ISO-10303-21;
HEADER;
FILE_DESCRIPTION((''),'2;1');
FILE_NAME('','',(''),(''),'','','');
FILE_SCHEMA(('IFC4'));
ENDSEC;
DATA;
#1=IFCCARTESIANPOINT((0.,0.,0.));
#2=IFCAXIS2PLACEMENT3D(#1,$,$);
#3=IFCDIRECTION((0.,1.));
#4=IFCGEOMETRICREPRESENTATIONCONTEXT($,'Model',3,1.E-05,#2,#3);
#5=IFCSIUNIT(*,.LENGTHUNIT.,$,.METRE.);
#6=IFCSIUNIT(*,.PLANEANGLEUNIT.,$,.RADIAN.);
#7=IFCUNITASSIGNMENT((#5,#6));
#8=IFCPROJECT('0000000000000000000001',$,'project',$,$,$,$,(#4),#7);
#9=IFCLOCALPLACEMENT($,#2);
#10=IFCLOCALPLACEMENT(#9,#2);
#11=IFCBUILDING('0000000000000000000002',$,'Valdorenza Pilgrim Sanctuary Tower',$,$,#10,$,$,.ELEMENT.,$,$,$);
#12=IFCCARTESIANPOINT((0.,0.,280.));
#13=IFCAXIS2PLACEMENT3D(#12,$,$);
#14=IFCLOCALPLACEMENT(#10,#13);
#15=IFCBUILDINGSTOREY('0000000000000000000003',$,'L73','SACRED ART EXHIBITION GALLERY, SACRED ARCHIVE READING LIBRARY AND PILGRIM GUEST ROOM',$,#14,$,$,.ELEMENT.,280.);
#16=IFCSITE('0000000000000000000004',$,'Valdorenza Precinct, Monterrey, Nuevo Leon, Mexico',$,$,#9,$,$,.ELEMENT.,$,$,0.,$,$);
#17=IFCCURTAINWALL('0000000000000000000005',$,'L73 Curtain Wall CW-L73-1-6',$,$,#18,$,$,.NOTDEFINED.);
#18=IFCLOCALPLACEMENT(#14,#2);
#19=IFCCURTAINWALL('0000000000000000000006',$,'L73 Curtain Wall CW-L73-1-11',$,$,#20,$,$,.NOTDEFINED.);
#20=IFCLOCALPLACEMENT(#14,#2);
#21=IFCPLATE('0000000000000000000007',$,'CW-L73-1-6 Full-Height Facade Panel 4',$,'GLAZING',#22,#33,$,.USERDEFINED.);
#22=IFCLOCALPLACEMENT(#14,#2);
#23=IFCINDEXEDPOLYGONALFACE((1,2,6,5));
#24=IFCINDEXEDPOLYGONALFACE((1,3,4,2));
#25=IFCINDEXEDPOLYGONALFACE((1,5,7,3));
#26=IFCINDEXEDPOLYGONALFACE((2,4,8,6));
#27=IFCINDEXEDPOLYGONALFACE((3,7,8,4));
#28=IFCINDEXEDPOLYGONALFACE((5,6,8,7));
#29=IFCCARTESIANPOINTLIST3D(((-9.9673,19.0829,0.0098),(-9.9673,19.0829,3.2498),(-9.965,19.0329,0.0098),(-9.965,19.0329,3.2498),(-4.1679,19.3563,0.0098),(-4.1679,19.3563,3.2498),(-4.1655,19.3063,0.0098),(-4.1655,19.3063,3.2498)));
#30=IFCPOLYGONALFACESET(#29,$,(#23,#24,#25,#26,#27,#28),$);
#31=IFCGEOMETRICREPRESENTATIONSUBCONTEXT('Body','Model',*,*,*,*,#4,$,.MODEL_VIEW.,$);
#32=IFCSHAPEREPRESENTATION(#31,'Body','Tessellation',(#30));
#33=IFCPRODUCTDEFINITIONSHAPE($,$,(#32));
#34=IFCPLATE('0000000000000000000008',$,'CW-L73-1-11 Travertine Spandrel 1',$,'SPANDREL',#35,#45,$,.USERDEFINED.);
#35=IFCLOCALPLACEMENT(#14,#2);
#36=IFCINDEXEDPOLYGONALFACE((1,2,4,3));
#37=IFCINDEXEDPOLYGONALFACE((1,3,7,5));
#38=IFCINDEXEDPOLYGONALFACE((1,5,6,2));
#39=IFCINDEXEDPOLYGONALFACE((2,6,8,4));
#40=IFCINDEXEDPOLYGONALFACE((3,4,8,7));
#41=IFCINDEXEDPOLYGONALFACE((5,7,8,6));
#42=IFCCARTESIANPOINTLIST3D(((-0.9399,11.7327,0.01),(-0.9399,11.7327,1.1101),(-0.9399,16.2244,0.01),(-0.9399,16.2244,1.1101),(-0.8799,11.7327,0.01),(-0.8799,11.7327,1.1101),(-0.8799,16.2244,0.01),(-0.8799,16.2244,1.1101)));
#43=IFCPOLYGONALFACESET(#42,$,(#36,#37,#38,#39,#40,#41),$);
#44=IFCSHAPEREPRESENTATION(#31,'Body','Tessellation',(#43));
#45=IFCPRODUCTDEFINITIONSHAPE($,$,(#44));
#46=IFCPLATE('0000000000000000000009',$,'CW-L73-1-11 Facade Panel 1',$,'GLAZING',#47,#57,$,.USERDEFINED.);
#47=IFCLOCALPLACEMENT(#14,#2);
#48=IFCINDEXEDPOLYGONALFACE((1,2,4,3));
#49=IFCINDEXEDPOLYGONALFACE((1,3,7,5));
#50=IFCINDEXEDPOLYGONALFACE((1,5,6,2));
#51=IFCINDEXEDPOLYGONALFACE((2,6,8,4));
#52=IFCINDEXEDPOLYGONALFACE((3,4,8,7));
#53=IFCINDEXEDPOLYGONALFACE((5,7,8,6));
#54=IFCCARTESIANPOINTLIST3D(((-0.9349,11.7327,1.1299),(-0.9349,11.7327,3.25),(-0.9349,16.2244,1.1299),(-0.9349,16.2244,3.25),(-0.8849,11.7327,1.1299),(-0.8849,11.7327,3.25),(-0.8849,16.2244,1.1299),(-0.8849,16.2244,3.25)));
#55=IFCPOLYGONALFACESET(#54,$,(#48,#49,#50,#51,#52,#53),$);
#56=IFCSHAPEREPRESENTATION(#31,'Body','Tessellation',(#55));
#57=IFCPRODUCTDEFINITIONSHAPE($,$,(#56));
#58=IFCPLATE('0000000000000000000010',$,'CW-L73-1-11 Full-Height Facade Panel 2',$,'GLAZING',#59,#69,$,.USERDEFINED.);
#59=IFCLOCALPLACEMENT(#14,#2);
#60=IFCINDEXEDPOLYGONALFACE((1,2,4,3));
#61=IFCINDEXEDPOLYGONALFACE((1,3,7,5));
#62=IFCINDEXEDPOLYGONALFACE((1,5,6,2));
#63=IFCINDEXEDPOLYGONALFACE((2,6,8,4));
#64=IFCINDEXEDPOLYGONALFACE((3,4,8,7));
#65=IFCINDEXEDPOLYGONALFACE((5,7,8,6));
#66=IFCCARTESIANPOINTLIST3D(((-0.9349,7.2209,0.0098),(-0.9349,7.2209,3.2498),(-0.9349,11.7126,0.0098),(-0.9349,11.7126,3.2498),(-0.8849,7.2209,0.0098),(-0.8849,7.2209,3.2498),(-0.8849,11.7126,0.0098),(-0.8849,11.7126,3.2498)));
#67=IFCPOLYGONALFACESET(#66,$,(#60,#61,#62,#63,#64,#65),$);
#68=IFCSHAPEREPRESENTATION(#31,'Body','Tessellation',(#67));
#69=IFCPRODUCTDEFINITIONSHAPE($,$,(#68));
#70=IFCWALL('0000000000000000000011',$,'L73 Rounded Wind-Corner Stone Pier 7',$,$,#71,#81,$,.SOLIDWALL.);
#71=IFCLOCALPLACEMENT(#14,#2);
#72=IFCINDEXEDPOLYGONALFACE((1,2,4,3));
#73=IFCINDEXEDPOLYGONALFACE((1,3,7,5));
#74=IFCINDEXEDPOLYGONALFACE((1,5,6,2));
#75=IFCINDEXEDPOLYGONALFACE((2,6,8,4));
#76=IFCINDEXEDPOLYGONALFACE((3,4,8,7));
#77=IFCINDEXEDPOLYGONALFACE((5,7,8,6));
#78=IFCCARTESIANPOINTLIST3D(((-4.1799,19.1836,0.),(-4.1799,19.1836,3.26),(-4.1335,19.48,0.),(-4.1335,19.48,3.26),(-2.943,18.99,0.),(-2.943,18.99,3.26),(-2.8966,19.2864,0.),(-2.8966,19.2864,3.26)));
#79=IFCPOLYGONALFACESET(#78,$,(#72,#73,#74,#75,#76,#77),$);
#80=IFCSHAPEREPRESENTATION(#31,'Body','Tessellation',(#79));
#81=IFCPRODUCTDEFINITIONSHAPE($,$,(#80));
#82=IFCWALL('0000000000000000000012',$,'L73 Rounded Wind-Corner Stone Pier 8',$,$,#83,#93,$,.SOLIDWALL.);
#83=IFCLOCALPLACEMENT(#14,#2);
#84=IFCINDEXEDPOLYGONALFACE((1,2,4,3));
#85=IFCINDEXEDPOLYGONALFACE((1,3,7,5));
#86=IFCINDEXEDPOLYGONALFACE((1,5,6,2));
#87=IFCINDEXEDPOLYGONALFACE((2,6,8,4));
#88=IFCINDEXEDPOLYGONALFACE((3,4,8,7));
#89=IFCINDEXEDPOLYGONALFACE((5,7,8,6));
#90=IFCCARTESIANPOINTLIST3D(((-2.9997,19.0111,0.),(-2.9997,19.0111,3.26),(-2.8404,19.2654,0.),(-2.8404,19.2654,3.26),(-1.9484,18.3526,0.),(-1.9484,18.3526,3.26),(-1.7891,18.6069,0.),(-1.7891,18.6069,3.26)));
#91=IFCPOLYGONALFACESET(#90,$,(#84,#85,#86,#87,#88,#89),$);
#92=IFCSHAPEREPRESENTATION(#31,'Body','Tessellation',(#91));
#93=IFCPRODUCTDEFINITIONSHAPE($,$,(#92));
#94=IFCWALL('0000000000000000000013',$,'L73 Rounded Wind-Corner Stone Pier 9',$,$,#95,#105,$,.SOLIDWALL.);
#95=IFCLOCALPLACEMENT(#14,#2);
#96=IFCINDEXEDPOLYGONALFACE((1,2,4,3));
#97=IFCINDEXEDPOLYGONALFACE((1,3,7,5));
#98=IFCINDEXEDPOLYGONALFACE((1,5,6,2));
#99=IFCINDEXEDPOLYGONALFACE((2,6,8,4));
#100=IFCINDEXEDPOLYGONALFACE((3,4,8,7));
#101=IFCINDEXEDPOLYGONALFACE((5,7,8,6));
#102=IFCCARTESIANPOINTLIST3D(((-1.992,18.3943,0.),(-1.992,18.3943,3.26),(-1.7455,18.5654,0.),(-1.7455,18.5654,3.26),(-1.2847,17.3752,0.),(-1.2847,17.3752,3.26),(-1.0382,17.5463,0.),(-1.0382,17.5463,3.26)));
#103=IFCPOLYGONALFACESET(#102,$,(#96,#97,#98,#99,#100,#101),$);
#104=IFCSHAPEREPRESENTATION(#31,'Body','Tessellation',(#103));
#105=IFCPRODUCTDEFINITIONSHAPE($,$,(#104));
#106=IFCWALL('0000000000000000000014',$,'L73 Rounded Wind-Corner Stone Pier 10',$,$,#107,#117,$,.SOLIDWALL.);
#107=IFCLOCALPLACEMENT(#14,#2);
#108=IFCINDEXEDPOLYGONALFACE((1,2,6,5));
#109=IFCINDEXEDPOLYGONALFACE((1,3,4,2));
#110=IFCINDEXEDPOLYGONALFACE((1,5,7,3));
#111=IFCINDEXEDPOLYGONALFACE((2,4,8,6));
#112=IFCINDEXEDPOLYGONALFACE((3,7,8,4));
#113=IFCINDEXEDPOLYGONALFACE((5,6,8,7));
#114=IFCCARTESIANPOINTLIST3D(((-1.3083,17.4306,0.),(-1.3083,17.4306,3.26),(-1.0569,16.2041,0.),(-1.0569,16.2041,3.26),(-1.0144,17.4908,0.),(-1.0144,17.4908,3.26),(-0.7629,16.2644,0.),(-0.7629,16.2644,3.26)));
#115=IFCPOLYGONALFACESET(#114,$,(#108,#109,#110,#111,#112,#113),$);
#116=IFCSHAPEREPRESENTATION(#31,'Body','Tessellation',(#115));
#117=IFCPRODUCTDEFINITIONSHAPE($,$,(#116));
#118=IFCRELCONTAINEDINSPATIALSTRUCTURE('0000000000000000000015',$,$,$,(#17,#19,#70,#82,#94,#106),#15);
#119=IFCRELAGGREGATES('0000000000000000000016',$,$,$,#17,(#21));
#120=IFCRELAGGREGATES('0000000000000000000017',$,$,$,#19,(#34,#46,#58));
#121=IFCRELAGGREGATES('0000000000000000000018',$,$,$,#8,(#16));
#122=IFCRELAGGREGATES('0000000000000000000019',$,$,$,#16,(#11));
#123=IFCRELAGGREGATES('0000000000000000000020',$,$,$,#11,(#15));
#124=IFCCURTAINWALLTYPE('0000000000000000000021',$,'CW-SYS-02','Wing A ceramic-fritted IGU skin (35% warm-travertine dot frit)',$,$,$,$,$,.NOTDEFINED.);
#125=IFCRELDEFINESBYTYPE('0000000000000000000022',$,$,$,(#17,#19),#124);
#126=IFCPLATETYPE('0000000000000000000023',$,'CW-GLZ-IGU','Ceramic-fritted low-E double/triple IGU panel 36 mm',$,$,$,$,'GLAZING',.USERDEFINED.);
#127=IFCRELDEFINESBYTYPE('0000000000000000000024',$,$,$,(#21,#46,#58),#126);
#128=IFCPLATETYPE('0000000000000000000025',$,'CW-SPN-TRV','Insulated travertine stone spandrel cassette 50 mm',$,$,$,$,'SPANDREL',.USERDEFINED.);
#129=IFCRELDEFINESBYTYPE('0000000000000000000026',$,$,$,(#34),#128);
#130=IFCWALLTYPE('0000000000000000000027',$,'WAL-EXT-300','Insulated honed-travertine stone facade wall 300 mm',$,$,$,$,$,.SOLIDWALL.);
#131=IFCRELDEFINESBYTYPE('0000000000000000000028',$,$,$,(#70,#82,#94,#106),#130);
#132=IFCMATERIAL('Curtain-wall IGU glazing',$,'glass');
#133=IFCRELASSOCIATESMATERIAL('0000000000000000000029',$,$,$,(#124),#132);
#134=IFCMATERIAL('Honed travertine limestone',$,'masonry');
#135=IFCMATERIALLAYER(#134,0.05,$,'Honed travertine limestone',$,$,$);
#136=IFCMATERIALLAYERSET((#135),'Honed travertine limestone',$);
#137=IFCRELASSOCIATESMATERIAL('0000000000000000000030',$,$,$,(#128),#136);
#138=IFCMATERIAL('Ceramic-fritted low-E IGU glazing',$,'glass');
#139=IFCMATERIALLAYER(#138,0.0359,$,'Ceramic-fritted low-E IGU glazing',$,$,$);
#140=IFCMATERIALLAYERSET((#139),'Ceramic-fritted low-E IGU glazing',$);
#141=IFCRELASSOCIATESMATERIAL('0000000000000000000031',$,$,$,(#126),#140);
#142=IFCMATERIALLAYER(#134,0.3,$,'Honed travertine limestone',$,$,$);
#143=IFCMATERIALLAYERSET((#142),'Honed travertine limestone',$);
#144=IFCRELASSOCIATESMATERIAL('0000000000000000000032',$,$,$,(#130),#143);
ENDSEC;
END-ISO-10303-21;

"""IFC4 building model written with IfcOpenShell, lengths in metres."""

from ifc_helpers import new_model, si_unit, direction, frame, frame_2d, origin, origin_2d, place, context, subcontext, project, spatial, rectangle, extrude, source, transform, mapped, material, layer, layer_set, type_object, element, aggregate, save


model = new_model("IFC4")

# Units and contexts
model_context = context("Model", 3, precision=1e-05, world=origin(), true_north=direction((0.0, 1.0)))
body_context = subcontext(model_context, "Body", "Model", "MODEL_VIEW")
ifc_project = project(units=[si_unit("LENGTHUNIT", "METRE"), si_unit("PLANEANGLEUNIT", "RADIAN")], contexts=[model_context])

# Site, building, storey
site_placement = place(None, origin())
site = spatial("IfcSite", under=ifc_project, at=site_placement, Name="Valdorenza Precinct, Monterrey, Nuevo Leon, Mexico", CompositionType="ELEMENT", RefElevation=0.0)
building_placement = place(site_placement, origin())
building = spatial("IfcBuilding", under=site, at=building_placement, Name="Valdorenza Pilgrim Sanctuary Tower", CompositionType="ELEMENT")
storey_placement = place(building_placement, frame((0.0, 0.0, 280.0)))
storey = spatial("IfcBuildingStorey", under=building, at=storey_placement, Name="L73", Description="SACRED ART EXHIBITION GALLERY, SACRED ARCHIVE READING LIBRARY AND PILGRIM GUEST ROOM", CompositionType="ELEMENT", Elevation=280.0)

# Curtain walls
ifc_material_1 = material(Name="Curtain-wall IGU glazing", Category="glass")
curtain_wall_type = type_object("IfcCurtainWallType", Name="CW-SYS-02", Description="Wing A ceramic-fritted IGU skin (35% warm-travertine dot frit)", PredefinedType="NOTDEFINED", material=ifc_material_1)
curtain_wall_1_placement = place(storey_placement, origin())
curtain_wall_1 = element("IfcCurtainWall", 1, at=curtain_wall_1_placement, inside=storey, type_object=curtain_wall_type, Name="L73 Curtain Wall CW-L73-1-6", PredefinedType="NOTDEFINED")
curtain_wall_2_placement = place(storey_placement, origin())
curtain_wall_2 = element("IfcCurtainWall", 2, at=curtain_wall_2_placement, inside=storey, type_object=curtain_wall_type, Name="L73 Curtain Wall CW-L73-1-11", PredefinedType="NOTDEFINED")

# Plates
ifc_material_2 = material(Name="Honed travertine limestone", Category="masonry")
ifc_layer_1 = layer(ifc_material_2, 0.05, Name="Honed travertine limestone")
ifc_layer_set_1 = layer_set([ifc_layer_1], Name="Honed travertine limestone")
plate_type_1 = type_object("IfcPlateType", Name="CW-SPN-TRV", Description="Insulated travertine stone spandrel cassette 50 mm", ElementType="SPANDREL", PredefinedType="USERDEFINED", material=ifc_layer_set_1)
ifc_material_3 = material(Name="Ceramic-fritted low-E IGU glazing", Category="glass")
ifc_layer_2 = layer(ifc_material_3, 0.0359, Name="Ceramic-fritted low-E IGU glazing")
ifc_layer_set_2 = layer_set([ifc_layer_2], Name="Ceramic-fritted low-E IGU glazing")
plate_type_2 = type_object("IfcPlateType", Name="CW-GLZ-IGU", Description="Ceramic-fritted low-E double/triple IGU panel 36 mm", ElementType="GLAZING", PredefinedType="USERDEFINED", material=ifc_layer_set_2)
shared_shape_1 = source(origin(), body_context, "Body", "SweptSolid", [
    extrude(rectangle(XDim=5.8059, YDim=0.05, at=origin_2d()), origin(), (0.0, 0.0, 1.0), 3.24),
])
plate_1_placement = place(storey_placement, frame((-7.0664, 19.1946, 0.0098), z_axis=(0.0, 0.0, 1.0), x_axis=(0.998891, 0.047089, 0.0)))
plate_1 = element("IfcPlate", 3, at=plate_1_placement, type_object=plate_type_2, Name="CW-L73-1-6 Full-Height Facade Panel 4", ObjectType="GLAZING", PredefinedType="USERDEFINED", context=body_context, shape_type="MappedRepresentation", body=[
    mapped(shared_shape_1, transform((0.0, 0.0, 0.0), x_axis=(1.0, 0.0, 0.0), y_axis=(0.0, 1.0, 0.0), z_axis=(0.0, 0.0, 1.0), scale=1.0)),
])
aggregate(curtain_wall_1, [plate_1])
shared_shape_2 = source(origin(), body_context, "Body", "SweptSolid", [
    extrude(rectangle(XDim=4.4917, YDim=0.0601, at=origin_2d()), origin(), (0.0, 0.0, 1.0), 1.1001),
])
plate_2_placement = place(storey_placement, frame((-0.9099, 13.9785, 0.01), z_axis=(0.0, 0.0, 1.0), x_axis=(0.0, -1.0, 0.0)))
plate_2 = element("IfcPlate", 4, at=plate_2_placement, type_object=plate_type_1, Name="CW-L73-1-11 Travertine Spandrel 1", ObjectType="SPANDREL", PredefinedType="USERDEFINED", context=body_context, shape_type="MappedRepresentation", body=[
    mapped(shared_shape_2, transform((0.0, 0.0, 0.0), x_axis=(1.0, 0.0, 0.0), y_axis=(0.0, 1.0, 0.0), z_axis=(0.0, 0.0, 1.0), scale=1.0)),
])
shared_shape_3 = source(origin(), body_context, "Body", "SweptSolid", [
    extrude(rectangle(XDim=4.4917, YDim=0.05, at=origin_2d()), origin(), (0.0, 0.0, 1.0), 2.1201),
])
plate_3_placement = place(storey_placement, frame((-0.9099, 13.9785, 1.1299), z_axis=(0.0, 0.0, 1.0), x_axis=(0.0, -1.0, 0.0)))
plate_3 = element("IfcPlate", 5, at=plate_3_placement, type_object=plate_type_2, Name="CW-L73-1-11 Facade Panel 1", ObjectType="GLAZING", PredefinedType="USERDEFINED", context=body_context, shape_type="MappedRepresentation", body=[
    mapped(shared_shape_3, transform((0.0, 0.0, 0.0), x_axis=(1.0, 0.0, 0.0), y_axis=(0.0, 1.0, 0.0), z_axis=(0.0, 0.0, 1.0), scale=1.0)),
])
shared_shape_4 = source(origin(), body_context, "Body", "SweptSolid", [
    extrude(rectangle(XDim=4.4917, YDim=0.05, at=origin_2d()), origin(), (0.0, 0.0, 1.0), 3.24),
])
plate_4_placement = place(storey_placement, frame((-0.9099, 9.4668, 0.0098), z_axis=(0.0, 0.0, 1.0), x_axis=(0.0, -1.0, 0.0)))
plate_4 = element("IfcPlate", 6, at=plate_4_placement, type_object=plate_type_2, Name="CW-L73-1-11 Full-Height Facade Panel 2", ObjectType="GLAZING", PredefinedType="USERDEFINED", context=body_context, shape_type="MappedRepresentation", body=[
    mapped(shared_shape_4, transform((0.0, 0.0, 0.0), x_axis=(1.0, 0.0, 0.0), y_axis=(0.0, 1.0, 0.0), z_axis=(0.0, 0.0, 1.0), scale=1.0)),
])
aggregate(curtain_wall_2, [plate_2, plate_3, plate_4])

# Walls
ifc_layer_3 = layer(ifc_material_2, 0.3, Name="Honed travertine limestone")
ifc_layer_set_3 = layer_set([ifc_layer_3], Name="Honed travertine limestone")
wall_type = type_object("IfcWallType", Name="WAL-EXT-300", Description="Insulated honed-travertine stone facade wall 300 mm", PredefinedType="SOLIDWALL", material=ifc_layer_set_3)
wall_1_placement = place(storey_placement, frame((-4.1567, 19.3318, 0.0), z_axis=(0.0, 0.0, 1.0), x_axis=(0.987969, -0.154651, 0.0)))
element("IfcWall", 7, at=wall_1_placement, inside=storey, type_object=wall_type, Name="L73 Rounded Wind-Corner Stone Pier 7", PredefinedType="SOLIDWALL", context=body_context, shape_type="SweptSolid", body=[
    extrude(rectangle(XDim=1.252, YDim=0.3, at=frame_2d((0.626, 0.0))), origin(), (0.0, 0.0, 1.0), 3.26),
])
for number, where, z_axis, x_axis, name in (
    (8, (-2.9199, 19.1382, 0.0), (0.0, 0.0, 1.0), (0.847489, -0.530812, 0.0), "L73 Rounded Wind-Corner Stone Pier 8"),
    (9, (-1.8687, 18.4797, 0.0), (0.0, 0.0, 1.0), (0.570182, -0.821518, 0.0), "L73 Rounded Wind-Corner Stone Pier 9"),
):
    element("IfcWall", number, at=place(storey_placement, frame(where, z_axis=z_axis, x_axis=x_axis)), inside=storey, type_object=wall_type, Name=name, PredefinedType="SOLIDWALL", context=body_context, shape_type="SweptSolid", body=[
        extrude(rectangle(XDim=1.2405, YDim=0.3, at=frame_2d((0.6201, 0.0))), origin(), (0.0, 0.0, 1.0), 3.26),
    ])
wall_2_placement = place(storey_placement, frame((-1.1614, 17.4607, 0.0), z_axis=(0.0, 0.0, 1.0), x_axis=(0.200877, -0.979616, 0.0)))
element("IfcWall", 10, at=wall_2_placement, inside=storey, type_object=wall_type, Name="L73 Rounded Wind-Corner Stone Pier 10", PredefinedType="SOLIDWALL", context=body_context, shape_type="SweptSolid", body=[
    extrude(rectangle(XDim=1.252, YDim=0.3, at=frame_2d((0.626, 0.0))), origin(), (0.0, 0.0, 1.0), 3.26),
])

save(model, "model.ifc")
